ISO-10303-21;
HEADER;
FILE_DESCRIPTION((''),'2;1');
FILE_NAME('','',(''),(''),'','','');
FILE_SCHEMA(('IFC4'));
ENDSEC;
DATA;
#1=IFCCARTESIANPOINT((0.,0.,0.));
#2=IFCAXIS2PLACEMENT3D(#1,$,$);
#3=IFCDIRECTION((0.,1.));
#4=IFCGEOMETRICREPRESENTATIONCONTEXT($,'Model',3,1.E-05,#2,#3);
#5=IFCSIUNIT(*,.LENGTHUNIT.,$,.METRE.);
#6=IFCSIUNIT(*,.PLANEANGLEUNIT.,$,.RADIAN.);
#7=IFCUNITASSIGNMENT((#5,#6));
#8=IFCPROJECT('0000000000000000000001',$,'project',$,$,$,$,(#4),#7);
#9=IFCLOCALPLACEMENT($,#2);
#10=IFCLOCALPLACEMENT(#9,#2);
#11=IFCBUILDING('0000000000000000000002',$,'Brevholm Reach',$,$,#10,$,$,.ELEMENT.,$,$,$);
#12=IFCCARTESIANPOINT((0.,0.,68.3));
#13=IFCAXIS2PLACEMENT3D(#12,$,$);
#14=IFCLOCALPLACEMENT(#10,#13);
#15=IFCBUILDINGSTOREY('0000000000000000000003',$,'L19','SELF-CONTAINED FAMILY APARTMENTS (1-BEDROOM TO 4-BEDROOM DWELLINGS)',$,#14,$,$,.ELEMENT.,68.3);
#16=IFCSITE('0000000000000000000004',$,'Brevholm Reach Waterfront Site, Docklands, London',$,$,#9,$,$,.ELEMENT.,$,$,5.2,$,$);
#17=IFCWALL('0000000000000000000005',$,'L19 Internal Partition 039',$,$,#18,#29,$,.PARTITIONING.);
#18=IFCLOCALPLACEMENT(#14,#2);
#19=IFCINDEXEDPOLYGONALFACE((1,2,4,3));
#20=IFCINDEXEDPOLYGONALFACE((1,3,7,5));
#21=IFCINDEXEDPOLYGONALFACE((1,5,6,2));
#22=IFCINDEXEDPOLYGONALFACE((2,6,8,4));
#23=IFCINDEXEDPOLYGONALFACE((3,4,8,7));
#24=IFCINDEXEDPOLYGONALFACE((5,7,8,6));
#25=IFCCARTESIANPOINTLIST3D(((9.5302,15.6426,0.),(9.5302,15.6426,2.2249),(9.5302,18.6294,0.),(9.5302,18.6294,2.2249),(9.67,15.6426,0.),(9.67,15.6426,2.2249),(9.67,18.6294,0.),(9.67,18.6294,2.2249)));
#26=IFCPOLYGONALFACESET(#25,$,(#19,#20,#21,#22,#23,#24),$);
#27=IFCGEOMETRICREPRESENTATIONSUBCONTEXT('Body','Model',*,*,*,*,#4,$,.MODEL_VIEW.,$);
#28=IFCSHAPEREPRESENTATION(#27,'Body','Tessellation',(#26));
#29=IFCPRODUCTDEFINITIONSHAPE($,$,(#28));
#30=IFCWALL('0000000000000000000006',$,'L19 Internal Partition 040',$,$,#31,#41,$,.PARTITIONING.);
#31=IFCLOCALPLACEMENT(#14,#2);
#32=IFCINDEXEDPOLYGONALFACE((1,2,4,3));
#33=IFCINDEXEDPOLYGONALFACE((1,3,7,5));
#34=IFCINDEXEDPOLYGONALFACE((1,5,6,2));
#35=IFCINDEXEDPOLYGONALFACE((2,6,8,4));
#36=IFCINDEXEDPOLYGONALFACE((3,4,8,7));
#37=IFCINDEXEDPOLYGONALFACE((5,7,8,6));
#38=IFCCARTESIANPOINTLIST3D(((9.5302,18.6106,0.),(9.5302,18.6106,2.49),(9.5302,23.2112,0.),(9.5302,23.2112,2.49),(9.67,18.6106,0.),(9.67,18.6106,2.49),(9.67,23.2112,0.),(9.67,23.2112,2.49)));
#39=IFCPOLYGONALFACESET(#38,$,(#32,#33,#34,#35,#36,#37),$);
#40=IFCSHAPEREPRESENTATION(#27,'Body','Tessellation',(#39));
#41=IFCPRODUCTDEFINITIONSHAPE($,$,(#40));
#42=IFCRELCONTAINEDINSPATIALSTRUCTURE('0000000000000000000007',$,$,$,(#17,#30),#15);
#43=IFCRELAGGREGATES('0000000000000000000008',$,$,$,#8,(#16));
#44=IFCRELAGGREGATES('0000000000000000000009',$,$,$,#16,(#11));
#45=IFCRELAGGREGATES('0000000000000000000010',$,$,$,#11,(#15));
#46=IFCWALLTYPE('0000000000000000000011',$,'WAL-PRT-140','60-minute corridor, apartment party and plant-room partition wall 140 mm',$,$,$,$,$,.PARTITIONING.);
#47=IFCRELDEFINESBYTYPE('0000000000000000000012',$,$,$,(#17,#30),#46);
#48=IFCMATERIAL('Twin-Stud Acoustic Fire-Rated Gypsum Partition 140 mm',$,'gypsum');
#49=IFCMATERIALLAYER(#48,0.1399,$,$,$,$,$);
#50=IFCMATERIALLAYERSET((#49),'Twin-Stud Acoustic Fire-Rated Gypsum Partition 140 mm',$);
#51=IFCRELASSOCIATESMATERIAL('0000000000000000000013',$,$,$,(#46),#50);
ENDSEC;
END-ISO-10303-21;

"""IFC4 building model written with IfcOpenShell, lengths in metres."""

from ifc_helpers import new_model, si_unit, direction, frame, frame_2d, origin, place, context, subcontext, project, spatial, rectangle, extrude, material, layer, layer_set, type_object, element, save


model = new_model("IFC4")

# Units and contexts
model_context = context("Model", 3, precision=1e-05, world=origin(), true_north=direction((0.0, 1.0)))
body_context = subcontext(model_context, "Body", "Model", "MODEL_VIEW")
ifc_project = project(units=[si_unit("LENGTHUNIT", "METRE"), si_unit("PLANEANGLEUNIT", "RADIAN")], contexts=[model_context])

# Site, building, storey
site_placement = place(None, origin())
site = spatial("IfcSite", under=ifc_project, at=site_placement, Name="Brevholm Reach Waterfront Site, Docklands, London", CompositionType="ELEMENT", RefElevation=5.2)
building_placement = place(site_placement, origin())
building = spatial("IfcBuilding", under=site, at=building_placement, Name="Brevholm Reach", CompositionType="ELEMENT")
storey_placement = place(building_placement, frame((0.0, 0.0, 68.3)))
storey = spatial("IfcBuildingStorey", under=building, at=storey_placement, Name="L19", Description="SELF-CONTAINED FAMILY APARTMENTS (1-BEDROOM TO 4-BEDROOM DWELLINGS)", CompositionType="ELEMENT", Elevation=68.3)

# Walls
ifc_material_1 = material(Name="Twin-Stud Acoustic Fire-Rated Gypsum Partition 140 mm", Category="gypsum")
ifc_layer_1 = layer(ifc_material_1, 0.1399)
ifc_layer_set_1 = layer_set([ifc_layer_1], Name="Twin-Stud Acoustic Fire-Rated Gypsum Partition 140 mm")
wall_type_1 = type_object("IfcWallType", Name="WAL-PRT-140", Description="60-minute corridor, apartment party and plant-room partition wall 140 mm", PredefinedType="PARTITIONING", material=ifc_layer_set_1)
wall_1_placement = place(storey_placement, frame((9.6001, 15.6426, 0.0), z_axis=(0.0, 0.0, 1.0), x_axis=(0.0, 1.0, 0.0)))
element("IfcWall", 1, at=wall_1_placement, inside=storey, type_object=wall_type_1, Name="L19 Internal Partition 039", PredefinedType="PARTITIONING", context=body_context, shape_type="SweptSolid", body=[
    extrude(rectangle(XDim=2.9868, YDim=0.1399, at=frame_2d((1.4934, 0.0))), origin(), (0.0, 0.0, 1.0), 2.2249),
])
wall_2_placement = place(storey_placement, frame((9.6001, 18.6106, 0.0), z_axis=(0.0, 0.0, 1.0), x_axis=(0.0, 1.0, 0.0)))
element("IfcWall", 2, at=wall_2_placement, inside=storey, type_object=wall_type_1, Name="L19 Internal Partition 040", PredefinedType="PARTITIONING", context=body_context, shape_type="SweptSolid", body=[
    extrude(rectangle(XDim=4.6006, YDim=0.1399, at=frame_2d((2.3003, 0.0))), origin(), (0.0, 0.0, 1.0), 2.49),
])

save(model, "model.ifc")
